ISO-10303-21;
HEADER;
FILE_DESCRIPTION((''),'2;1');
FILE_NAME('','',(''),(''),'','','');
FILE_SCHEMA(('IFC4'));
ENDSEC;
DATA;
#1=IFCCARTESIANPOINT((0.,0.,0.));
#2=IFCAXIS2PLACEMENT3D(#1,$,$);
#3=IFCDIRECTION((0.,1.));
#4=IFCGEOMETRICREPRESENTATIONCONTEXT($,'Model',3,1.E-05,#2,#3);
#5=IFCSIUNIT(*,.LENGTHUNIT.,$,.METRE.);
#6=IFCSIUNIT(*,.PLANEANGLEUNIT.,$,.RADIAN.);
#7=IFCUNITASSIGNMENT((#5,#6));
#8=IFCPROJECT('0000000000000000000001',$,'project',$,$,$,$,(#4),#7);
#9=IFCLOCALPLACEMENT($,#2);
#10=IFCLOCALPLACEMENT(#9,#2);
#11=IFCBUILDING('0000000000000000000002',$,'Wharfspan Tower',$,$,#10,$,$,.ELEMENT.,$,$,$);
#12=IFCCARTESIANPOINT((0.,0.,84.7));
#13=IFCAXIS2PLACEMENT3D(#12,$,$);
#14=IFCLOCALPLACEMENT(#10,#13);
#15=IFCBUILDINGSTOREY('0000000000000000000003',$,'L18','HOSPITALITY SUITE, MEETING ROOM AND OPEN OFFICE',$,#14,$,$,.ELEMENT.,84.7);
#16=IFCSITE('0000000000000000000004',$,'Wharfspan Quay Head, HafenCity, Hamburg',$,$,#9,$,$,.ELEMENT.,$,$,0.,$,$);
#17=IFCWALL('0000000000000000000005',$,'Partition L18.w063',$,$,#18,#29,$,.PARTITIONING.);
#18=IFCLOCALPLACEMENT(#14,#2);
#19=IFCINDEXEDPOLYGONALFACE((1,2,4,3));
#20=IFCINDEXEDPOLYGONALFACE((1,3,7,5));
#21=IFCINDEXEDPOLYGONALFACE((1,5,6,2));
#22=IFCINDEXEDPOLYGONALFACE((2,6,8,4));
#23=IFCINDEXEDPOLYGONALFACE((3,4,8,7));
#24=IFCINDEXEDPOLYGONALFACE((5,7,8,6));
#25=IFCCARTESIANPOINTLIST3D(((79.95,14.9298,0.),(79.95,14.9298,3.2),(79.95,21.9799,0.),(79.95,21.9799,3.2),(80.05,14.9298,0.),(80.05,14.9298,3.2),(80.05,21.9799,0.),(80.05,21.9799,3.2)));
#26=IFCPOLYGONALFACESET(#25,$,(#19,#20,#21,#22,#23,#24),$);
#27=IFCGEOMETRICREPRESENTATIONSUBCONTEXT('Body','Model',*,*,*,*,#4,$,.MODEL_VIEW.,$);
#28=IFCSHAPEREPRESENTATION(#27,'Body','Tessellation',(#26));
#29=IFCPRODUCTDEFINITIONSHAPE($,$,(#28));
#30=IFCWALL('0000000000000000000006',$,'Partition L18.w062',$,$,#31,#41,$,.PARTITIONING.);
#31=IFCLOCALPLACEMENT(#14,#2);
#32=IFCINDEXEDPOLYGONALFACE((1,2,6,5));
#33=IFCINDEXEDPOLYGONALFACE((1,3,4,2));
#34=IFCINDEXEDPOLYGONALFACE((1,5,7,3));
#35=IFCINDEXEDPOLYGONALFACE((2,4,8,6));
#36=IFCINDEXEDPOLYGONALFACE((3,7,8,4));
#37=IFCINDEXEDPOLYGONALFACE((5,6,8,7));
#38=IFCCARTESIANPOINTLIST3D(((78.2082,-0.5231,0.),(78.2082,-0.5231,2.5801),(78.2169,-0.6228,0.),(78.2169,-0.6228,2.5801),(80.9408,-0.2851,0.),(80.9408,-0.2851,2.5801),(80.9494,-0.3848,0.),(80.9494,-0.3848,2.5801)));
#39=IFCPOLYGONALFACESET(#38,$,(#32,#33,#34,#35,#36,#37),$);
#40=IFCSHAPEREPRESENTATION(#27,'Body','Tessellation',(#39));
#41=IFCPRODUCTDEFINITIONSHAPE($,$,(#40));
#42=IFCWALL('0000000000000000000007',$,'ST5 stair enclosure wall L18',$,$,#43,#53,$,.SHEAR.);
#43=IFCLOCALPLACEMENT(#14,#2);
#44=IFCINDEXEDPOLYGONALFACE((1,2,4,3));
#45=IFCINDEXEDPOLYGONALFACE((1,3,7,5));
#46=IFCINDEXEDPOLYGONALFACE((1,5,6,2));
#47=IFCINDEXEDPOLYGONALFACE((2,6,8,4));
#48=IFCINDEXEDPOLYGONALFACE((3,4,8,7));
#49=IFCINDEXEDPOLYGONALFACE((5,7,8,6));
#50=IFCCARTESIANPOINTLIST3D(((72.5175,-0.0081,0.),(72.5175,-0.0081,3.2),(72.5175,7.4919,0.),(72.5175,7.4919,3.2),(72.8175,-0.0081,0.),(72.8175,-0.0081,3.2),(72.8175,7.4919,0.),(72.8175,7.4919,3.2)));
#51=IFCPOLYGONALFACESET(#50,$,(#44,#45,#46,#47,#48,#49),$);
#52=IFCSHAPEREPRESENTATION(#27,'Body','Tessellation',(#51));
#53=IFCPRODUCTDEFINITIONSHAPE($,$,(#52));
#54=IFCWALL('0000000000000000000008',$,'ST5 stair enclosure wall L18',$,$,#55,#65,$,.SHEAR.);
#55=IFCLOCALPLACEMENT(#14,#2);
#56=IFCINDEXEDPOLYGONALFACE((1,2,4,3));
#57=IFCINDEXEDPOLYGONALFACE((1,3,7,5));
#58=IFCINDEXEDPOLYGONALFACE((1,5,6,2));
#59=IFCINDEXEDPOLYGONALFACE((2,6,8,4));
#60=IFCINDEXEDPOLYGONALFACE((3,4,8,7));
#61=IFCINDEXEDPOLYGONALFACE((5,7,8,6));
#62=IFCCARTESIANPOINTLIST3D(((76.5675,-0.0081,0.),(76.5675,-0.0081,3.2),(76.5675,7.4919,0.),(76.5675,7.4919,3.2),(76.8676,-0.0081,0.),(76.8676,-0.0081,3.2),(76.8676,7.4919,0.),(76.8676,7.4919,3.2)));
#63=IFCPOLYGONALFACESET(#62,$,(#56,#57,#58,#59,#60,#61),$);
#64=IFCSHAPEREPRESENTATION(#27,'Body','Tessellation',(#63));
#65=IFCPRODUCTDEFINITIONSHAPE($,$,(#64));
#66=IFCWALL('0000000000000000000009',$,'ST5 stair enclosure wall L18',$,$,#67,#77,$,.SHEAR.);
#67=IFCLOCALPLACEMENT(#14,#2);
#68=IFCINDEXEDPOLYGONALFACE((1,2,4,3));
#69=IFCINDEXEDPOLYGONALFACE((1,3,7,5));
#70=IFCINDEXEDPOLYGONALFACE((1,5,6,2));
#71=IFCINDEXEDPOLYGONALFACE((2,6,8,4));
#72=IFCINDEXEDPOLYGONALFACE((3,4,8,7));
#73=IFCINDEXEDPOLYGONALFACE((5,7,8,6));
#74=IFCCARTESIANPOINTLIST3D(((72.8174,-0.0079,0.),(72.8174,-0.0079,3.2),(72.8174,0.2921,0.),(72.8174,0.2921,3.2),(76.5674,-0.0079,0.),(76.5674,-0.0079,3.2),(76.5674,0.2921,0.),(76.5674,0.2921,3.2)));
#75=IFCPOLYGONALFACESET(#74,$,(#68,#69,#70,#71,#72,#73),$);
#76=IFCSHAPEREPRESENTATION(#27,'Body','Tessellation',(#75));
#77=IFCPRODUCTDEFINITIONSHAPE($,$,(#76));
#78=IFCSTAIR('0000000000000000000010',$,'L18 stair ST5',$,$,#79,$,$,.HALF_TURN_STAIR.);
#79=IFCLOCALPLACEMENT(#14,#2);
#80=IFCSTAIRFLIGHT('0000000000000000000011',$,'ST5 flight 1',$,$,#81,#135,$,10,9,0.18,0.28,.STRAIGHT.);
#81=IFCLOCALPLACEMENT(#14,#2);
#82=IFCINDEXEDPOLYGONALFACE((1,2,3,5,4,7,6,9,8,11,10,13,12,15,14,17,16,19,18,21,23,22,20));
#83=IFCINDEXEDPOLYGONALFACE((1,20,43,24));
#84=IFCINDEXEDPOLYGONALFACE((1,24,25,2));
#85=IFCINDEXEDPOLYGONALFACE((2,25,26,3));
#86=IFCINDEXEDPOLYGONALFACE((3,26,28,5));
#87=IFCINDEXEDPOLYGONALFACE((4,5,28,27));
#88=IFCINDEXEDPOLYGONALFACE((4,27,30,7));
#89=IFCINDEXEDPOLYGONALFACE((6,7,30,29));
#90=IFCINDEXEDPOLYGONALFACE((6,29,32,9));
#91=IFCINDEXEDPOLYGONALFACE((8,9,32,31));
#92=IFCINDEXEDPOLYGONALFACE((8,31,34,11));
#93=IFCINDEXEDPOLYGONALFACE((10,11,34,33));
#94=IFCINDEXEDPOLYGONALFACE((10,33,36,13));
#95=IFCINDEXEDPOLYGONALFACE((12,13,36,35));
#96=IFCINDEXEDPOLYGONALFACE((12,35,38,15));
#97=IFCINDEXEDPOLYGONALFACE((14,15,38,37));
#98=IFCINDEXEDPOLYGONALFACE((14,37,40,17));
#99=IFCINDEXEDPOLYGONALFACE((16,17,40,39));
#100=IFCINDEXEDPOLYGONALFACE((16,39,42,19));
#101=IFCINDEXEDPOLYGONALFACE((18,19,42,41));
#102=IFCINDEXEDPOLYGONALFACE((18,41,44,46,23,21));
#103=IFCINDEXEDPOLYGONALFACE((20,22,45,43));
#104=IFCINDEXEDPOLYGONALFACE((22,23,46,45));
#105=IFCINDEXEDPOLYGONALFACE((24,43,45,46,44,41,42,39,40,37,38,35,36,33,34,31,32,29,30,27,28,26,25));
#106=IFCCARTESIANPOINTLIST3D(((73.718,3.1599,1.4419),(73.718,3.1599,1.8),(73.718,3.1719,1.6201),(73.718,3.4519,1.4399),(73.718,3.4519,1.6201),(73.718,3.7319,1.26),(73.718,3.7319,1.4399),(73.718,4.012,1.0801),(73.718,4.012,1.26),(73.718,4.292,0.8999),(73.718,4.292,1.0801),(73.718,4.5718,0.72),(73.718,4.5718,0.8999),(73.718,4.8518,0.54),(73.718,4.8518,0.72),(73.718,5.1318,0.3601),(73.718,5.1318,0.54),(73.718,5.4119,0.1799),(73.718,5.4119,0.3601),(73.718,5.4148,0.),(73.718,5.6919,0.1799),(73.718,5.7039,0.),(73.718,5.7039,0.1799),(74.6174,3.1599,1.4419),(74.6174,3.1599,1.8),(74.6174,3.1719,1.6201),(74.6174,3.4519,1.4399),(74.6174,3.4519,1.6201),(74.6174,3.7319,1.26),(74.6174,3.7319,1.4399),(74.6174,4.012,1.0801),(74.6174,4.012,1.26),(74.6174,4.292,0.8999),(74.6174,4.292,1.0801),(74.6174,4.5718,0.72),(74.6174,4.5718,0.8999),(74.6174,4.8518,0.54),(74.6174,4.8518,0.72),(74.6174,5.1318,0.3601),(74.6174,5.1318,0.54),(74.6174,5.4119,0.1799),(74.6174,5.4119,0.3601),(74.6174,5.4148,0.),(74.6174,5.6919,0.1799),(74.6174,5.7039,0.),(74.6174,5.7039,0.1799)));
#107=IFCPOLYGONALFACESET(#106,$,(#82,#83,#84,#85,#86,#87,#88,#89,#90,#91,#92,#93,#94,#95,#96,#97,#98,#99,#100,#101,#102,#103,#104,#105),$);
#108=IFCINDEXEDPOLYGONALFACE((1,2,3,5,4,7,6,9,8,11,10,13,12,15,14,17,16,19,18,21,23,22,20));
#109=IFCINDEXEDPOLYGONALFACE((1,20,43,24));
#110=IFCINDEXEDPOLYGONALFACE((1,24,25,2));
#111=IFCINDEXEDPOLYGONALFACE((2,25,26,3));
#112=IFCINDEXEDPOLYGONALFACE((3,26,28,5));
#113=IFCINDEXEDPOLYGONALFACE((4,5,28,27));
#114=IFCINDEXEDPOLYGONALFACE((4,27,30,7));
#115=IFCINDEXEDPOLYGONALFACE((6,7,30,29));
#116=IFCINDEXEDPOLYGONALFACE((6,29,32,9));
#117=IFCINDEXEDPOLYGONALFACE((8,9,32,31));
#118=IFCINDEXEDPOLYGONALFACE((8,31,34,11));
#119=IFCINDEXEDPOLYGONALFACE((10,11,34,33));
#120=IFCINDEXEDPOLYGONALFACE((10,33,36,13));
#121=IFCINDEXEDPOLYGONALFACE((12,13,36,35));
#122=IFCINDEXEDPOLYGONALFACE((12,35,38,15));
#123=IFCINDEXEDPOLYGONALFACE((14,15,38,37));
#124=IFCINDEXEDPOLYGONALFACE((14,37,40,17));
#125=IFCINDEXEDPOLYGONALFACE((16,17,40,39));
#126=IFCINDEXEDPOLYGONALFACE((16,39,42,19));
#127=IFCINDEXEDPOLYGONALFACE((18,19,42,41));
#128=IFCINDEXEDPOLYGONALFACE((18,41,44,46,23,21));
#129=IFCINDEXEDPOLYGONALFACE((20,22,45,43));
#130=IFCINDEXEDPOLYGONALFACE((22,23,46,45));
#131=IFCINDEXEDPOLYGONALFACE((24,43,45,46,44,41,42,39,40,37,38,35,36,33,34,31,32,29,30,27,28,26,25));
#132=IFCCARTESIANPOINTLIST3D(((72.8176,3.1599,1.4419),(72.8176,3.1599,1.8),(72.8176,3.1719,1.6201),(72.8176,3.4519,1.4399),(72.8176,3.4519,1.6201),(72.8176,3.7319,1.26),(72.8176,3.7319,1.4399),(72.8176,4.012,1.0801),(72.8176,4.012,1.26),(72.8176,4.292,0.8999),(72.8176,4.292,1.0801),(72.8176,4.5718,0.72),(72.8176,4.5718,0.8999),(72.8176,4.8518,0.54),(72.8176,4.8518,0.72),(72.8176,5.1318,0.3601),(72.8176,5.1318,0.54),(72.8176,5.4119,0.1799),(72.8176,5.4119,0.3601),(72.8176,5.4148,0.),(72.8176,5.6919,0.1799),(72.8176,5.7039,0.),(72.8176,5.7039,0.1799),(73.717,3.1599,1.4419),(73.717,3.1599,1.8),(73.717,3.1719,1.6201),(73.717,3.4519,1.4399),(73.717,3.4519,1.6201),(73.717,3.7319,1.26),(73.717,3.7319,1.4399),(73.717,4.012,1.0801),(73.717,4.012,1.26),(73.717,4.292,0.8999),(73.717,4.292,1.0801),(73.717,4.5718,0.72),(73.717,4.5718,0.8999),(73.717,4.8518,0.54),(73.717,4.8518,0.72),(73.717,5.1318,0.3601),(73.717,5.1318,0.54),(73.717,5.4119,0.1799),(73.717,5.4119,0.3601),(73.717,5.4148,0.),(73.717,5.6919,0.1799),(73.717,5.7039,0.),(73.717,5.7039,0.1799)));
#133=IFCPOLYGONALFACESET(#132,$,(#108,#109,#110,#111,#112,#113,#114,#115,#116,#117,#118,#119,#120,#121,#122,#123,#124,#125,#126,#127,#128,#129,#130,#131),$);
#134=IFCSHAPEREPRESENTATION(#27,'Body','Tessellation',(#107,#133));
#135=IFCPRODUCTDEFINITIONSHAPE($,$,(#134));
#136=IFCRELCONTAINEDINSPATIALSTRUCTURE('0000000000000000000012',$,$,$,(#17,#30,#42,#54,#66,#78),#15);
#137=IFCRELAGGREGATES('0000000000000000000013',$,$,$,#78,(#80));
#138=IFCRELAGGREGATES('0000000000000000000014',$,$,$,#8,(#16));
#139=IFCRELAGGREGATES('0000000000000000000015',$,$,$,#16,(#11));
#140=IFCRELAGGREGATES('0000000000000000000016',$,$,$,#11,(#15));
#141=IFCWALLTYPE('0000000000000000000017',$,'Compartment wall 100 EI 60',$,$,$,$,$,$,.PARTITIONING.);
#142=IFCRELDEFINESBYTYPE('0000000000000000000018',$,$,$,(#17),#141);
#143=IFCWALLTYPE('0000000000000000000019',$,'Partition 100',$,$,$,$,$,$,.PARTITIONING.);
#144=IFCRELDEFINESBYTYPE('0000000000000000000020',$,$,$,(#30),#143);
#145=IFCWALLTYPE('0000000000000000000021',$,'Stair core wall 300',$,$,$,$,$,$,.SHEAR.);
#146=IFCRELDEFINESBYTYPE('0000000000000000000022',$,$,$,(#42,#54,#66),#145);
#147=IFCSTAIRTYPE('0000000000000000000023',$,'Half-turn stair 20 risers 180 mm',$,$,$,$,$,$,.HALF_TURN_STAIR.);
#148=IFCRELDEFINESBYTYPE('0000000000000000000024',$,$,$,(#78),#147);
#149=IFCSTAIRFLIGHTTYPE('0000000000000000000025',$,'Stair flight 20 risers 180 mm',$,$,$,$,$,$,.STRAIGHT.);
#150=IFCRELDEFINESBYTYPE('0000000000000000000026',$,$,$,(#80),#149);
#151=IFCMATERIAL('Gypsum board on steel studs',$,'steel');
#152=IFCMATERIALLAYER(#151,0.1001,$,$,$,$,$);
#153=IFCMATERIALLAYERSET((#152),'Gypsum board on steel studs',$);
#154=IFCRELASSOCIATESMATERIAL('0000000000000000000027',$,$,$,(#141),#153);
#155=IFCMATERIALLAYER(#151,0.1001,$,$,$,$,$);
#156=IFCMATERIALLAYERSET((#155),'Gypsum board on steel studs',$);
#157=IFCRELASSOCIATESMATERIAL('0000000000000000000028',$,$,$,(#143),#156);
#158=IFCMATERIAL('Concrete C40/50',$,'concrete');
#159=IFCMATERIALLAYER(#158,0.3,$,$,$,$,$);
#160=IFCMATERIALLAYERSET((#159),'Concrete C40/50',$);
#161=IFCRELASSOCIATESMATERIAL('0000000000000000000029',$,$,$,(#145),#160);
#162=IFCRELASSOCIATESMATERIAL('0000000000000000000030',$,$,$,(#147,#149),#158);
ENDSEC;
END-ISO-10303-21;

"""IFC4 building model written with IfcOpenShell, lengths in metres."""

from ifc_helpers import new_model, si_unit, direction, frame, frame_2d, origin, place, context, subcontext, project, spatial, polyline, rectangle, outline, extrude, material, layer, layer_set, type_object, element, aggregate, save


model = new_model("IFC4")

# Units and contexts
model_context = context("Model", 3, precision=1e-05, world=origin(), true_north=direction((0.0, 1.0)))
body_context = subcontext(model_context, "Body", "Model", "MODEL_VIEW")
ifc_project = project(units=[si_unit("LENGTHUNIT", "METRE"), si_unit("PLANEANGLEUNIT", "RADIAN")], contexts=[model_context])

# Site, building, storey
site_placement = place(None, origin())
site = spatial("IfcSite", under=ifc_project, at=site_placement, Name="Wharfspan Quay Head, HafenCity, Hamburg", CompositionType="ELEMENT", RefElevation=0.0)
building_placement = place(site_placement, origin())
building = spatial("IfcBuilding", under=site, at=building_placement, Name="Wharfspan Tower", CompositionType="ELEMENT")
storey_placement = place(building_placement, frame((0.0, 0.0, 84.7)))
storey = spatial("IfcBuildingStorey", under=building, at=storey_placement, Name="L18", Description="HOSPITALITY SUITE, MEETING ROOM AND OPEN OFFICE", CompositionType="ELEMENT", Elevation=84.7)

# Shared definitions
ifc_material_1 = material(Name="Gypsum board on steel studs", Category="steel")
ifc_layer_1 = layer(ifc_material_1, 0.1001)
ifc_layer_set_1 = layer_set([ifc_layer_1], Name="Gypsum board on steel studs")
wall_type_1 = type_object("IfcWallType", Name="Compartment wall 100 EI 60", PredefinedType="PARTITIONING", material=ifc_layer_set_1)

# Walls
wall_1_placement = place(storey_placement, frame((80.0, 14.9299, 0.0), z_axis=(0.0, 0.0, 1.0), x_axis=(0.0, 1.0, 0.0)))
element("IfcWall", 1, at=wall_1_placement, inside=storey, type_object=wall_type_1, Name="Partition L18.w063", PredefinedType="PARTITIONING", context=body_context, shape_type="SweptSolid", body=[
    extrude(rectangle(XDim=7.05, YDim=0.1001, at=frame_2d((3.5249, 0.0))), origin(), (0.0, 0.0, 1.0), 3.2),
])
ifc_layer_2 = layer(ifc_material_1, 0.1001)
ifc_layer_set_2 = layer_set([ifc_layer_2], Name="Gypsum board on steel studs")
wall_type_2 = type_object("IfcWallType", Name="Partition 100", PredefinedType="PARTITIONING", material=ifc_layer_set_2)
wall_2_placement = place(storey_placement, frame((78.2124, -0.573, 0.0), z_axis=(0.0, 0.0, 1.0), x_axis=(0.996224, 0.086779, 0.0)))
element("IfcWall", 2, at=wall_2_placement, inside=storey, type_object=wall_type_2, Name="Partition L18.w062", PredefinedType="PARTITIONING", context=body_context, shape_type="SweptSolid", body=[
    extrude(rectangle(XDim=2.7429, YDim=0.1001, at=frame_2d((1.3716, 0.0))), origin(), (0.0, 0.0, 1.0), 2.5801),
])
ifc_material_2 = material(Name="Concrete C40/50", Category="concrete")
ifc_layer_3 = layer(ifc_material_2, 0.3)
ifc_layer_set_3 = layer_set([ifc_layer_3], Name="Concrete C40/50")
wall_type_3 = type_object("IfcWallType", Name="Stair core wall 300", PredefinedType="SHEAR", material=ifc_layer_set_3)
for number, where, z_axis, x_axis, name in (
    (3, (72.6675, -0.0081, 0.0), (0.0, 0.0, 1.0), (0.0, 1.0, 0.0), "ST5 stair enclosure wall L18"),
    (4, (76.7175, -0.0081, 0.0), (0.0, 0.0, 1.0), (0.0, 1.0, 0.0), "ST5 stair enclosure wall L18"),
):
    element("IfcWall", number, at=place(storey_placement, frame(where, z_axis=z_axis, x_axis=x_axis)), inside=storey, type_object=wall_type_3, Name=name, PredefinedType="SHEAR", context=body_context, shape_type="SweptSolid", body=[
        extrude(rectangle(XDim=7.5, YDim=0.3, at=frame_2d((3.75, 0.0))), origin(), (0.0, 0.0, 1.0), 3.2),
    ])
wall_3_placement = place(storey_placement, frame((72.8174, 0.1421, 0.0), z_axis=(0.0, 0.0, 1.0), x_axis=(1.0, 0.0, 0.0)))
element("IfcWall", 5, at=wall_3_placement, inside=storey, type_object=wall_type_3, Name="ST5 stair enclosure wall L18", PredefinedType="SHEAR", context=body_context, shape_type="SweptSolid", body=[
    extrude(rectangle(XDim=3.75, YDim=0.3, at=frame_2d((1.875, 0.0))), origin(), (0.0, 0.0, 1.0), 3.2),
])

# Stair, stair flight
stair_type = type_object("IfcStairType", Name="Half-turn stair 20 risers 180 mm", PredefinedType="HALF_TURN_STAIR", material=ifc_material_2)
stair_placement = place(storey_placement, origin())
stair = element("IfcStair", 6, at=stair_placement, inside=storey, type_object=stair_type, Name="L18 stair ST5", PredefinedType="HALF_TURN_STAIR")
stair_flight_type = type_object("IfcStairFlightType", Name="Stair flight 20 risers 180 mm", PredefinedType="STRAIGHT", material=ifc_material_2)
stair_flight_1_placement = place(storey_placement, frame((73.7175, 5.6919, 0.0), z_axis=(0.0, 0.0, 1.0), x_axis=(0.0, -1.0, 0.0)))
stair_flight_1 = element("IfcStairFlight", 7, at=stair_flight_1_placement, type_object=stair_flight_type, Name="ST5 flight 1", NumberOfRisers=10, NumberOfTreads=9, PredefinedType="STRAIGHT", RiserHeight=0.18, TreadLength=0.28, context=body_context, shape_type="SweptSolid", body=[
    extrude(outline(polyline([(-0.012, 0.0), (-0.012, 0.1799), (0.0, 0.1799), (0.28, 0.1799), (0.28, 0.3601), (0.5601, 0.3601), (0.5601, 0.54), (0.8401, 0.54), (0.8401, 0.72), (1.1201, 0.72), (1.1201, 0.8999), (1.3999, 0.8999), (1.3999, 1.0801), (1.6799, 1.0801), (1.6799, 1.26), (1.96, 1.26), (1.96, 1.4399), (2.24, 1.4399), (2.24, 1.6201), (2.52, 1.6201), (2.532, 1.8), (2.532, 1.4419), (0.2771, 0.0), (-0.012, 0.0)])), frame((0.0, 0.8999, 0.0), z_axis=(0.0, -1.0, 0.0), x_axis=(1.0, 0.0, 0.0)), (0.0, 0.0, 1.0), 0.8994),
    extrude(outline(polyline([(-0.012, 0.0), (-0.012, 0.1799), (0.0, 0.1799), (0.28, 0.1799), (0.28, 0.3601), (0.5601, 0.3601), (0.5601, 0.54), (0.8401, 0.54), (0.8401, 0.72), (1.1201, 0.72), (1.1201, 0.8999), (1.3999, 0.8999), (1.3999, 1.0801), (1.6799, 1.0801), (1.6799, 1.26), (1.96, 1.26), (1.96, 1.4399), (2.24, 1.4399), (2.24, 1.6201), (2.52, 1.6201), (2.532, 1.8), (2.532, 1.4419), (0.2771, 0.0), (-0.012, 0.0)])), frame((0.0, -0.0005, 0.0), z_axis=(0.0, -1.0, 0.0), x_axis=(1.0, 0.0, 0.0)), (0.0, 0.0, 1.0), 0.8994),
])
aggregate(stair, [stair_flight_1])

save(model, "model.ifc")
